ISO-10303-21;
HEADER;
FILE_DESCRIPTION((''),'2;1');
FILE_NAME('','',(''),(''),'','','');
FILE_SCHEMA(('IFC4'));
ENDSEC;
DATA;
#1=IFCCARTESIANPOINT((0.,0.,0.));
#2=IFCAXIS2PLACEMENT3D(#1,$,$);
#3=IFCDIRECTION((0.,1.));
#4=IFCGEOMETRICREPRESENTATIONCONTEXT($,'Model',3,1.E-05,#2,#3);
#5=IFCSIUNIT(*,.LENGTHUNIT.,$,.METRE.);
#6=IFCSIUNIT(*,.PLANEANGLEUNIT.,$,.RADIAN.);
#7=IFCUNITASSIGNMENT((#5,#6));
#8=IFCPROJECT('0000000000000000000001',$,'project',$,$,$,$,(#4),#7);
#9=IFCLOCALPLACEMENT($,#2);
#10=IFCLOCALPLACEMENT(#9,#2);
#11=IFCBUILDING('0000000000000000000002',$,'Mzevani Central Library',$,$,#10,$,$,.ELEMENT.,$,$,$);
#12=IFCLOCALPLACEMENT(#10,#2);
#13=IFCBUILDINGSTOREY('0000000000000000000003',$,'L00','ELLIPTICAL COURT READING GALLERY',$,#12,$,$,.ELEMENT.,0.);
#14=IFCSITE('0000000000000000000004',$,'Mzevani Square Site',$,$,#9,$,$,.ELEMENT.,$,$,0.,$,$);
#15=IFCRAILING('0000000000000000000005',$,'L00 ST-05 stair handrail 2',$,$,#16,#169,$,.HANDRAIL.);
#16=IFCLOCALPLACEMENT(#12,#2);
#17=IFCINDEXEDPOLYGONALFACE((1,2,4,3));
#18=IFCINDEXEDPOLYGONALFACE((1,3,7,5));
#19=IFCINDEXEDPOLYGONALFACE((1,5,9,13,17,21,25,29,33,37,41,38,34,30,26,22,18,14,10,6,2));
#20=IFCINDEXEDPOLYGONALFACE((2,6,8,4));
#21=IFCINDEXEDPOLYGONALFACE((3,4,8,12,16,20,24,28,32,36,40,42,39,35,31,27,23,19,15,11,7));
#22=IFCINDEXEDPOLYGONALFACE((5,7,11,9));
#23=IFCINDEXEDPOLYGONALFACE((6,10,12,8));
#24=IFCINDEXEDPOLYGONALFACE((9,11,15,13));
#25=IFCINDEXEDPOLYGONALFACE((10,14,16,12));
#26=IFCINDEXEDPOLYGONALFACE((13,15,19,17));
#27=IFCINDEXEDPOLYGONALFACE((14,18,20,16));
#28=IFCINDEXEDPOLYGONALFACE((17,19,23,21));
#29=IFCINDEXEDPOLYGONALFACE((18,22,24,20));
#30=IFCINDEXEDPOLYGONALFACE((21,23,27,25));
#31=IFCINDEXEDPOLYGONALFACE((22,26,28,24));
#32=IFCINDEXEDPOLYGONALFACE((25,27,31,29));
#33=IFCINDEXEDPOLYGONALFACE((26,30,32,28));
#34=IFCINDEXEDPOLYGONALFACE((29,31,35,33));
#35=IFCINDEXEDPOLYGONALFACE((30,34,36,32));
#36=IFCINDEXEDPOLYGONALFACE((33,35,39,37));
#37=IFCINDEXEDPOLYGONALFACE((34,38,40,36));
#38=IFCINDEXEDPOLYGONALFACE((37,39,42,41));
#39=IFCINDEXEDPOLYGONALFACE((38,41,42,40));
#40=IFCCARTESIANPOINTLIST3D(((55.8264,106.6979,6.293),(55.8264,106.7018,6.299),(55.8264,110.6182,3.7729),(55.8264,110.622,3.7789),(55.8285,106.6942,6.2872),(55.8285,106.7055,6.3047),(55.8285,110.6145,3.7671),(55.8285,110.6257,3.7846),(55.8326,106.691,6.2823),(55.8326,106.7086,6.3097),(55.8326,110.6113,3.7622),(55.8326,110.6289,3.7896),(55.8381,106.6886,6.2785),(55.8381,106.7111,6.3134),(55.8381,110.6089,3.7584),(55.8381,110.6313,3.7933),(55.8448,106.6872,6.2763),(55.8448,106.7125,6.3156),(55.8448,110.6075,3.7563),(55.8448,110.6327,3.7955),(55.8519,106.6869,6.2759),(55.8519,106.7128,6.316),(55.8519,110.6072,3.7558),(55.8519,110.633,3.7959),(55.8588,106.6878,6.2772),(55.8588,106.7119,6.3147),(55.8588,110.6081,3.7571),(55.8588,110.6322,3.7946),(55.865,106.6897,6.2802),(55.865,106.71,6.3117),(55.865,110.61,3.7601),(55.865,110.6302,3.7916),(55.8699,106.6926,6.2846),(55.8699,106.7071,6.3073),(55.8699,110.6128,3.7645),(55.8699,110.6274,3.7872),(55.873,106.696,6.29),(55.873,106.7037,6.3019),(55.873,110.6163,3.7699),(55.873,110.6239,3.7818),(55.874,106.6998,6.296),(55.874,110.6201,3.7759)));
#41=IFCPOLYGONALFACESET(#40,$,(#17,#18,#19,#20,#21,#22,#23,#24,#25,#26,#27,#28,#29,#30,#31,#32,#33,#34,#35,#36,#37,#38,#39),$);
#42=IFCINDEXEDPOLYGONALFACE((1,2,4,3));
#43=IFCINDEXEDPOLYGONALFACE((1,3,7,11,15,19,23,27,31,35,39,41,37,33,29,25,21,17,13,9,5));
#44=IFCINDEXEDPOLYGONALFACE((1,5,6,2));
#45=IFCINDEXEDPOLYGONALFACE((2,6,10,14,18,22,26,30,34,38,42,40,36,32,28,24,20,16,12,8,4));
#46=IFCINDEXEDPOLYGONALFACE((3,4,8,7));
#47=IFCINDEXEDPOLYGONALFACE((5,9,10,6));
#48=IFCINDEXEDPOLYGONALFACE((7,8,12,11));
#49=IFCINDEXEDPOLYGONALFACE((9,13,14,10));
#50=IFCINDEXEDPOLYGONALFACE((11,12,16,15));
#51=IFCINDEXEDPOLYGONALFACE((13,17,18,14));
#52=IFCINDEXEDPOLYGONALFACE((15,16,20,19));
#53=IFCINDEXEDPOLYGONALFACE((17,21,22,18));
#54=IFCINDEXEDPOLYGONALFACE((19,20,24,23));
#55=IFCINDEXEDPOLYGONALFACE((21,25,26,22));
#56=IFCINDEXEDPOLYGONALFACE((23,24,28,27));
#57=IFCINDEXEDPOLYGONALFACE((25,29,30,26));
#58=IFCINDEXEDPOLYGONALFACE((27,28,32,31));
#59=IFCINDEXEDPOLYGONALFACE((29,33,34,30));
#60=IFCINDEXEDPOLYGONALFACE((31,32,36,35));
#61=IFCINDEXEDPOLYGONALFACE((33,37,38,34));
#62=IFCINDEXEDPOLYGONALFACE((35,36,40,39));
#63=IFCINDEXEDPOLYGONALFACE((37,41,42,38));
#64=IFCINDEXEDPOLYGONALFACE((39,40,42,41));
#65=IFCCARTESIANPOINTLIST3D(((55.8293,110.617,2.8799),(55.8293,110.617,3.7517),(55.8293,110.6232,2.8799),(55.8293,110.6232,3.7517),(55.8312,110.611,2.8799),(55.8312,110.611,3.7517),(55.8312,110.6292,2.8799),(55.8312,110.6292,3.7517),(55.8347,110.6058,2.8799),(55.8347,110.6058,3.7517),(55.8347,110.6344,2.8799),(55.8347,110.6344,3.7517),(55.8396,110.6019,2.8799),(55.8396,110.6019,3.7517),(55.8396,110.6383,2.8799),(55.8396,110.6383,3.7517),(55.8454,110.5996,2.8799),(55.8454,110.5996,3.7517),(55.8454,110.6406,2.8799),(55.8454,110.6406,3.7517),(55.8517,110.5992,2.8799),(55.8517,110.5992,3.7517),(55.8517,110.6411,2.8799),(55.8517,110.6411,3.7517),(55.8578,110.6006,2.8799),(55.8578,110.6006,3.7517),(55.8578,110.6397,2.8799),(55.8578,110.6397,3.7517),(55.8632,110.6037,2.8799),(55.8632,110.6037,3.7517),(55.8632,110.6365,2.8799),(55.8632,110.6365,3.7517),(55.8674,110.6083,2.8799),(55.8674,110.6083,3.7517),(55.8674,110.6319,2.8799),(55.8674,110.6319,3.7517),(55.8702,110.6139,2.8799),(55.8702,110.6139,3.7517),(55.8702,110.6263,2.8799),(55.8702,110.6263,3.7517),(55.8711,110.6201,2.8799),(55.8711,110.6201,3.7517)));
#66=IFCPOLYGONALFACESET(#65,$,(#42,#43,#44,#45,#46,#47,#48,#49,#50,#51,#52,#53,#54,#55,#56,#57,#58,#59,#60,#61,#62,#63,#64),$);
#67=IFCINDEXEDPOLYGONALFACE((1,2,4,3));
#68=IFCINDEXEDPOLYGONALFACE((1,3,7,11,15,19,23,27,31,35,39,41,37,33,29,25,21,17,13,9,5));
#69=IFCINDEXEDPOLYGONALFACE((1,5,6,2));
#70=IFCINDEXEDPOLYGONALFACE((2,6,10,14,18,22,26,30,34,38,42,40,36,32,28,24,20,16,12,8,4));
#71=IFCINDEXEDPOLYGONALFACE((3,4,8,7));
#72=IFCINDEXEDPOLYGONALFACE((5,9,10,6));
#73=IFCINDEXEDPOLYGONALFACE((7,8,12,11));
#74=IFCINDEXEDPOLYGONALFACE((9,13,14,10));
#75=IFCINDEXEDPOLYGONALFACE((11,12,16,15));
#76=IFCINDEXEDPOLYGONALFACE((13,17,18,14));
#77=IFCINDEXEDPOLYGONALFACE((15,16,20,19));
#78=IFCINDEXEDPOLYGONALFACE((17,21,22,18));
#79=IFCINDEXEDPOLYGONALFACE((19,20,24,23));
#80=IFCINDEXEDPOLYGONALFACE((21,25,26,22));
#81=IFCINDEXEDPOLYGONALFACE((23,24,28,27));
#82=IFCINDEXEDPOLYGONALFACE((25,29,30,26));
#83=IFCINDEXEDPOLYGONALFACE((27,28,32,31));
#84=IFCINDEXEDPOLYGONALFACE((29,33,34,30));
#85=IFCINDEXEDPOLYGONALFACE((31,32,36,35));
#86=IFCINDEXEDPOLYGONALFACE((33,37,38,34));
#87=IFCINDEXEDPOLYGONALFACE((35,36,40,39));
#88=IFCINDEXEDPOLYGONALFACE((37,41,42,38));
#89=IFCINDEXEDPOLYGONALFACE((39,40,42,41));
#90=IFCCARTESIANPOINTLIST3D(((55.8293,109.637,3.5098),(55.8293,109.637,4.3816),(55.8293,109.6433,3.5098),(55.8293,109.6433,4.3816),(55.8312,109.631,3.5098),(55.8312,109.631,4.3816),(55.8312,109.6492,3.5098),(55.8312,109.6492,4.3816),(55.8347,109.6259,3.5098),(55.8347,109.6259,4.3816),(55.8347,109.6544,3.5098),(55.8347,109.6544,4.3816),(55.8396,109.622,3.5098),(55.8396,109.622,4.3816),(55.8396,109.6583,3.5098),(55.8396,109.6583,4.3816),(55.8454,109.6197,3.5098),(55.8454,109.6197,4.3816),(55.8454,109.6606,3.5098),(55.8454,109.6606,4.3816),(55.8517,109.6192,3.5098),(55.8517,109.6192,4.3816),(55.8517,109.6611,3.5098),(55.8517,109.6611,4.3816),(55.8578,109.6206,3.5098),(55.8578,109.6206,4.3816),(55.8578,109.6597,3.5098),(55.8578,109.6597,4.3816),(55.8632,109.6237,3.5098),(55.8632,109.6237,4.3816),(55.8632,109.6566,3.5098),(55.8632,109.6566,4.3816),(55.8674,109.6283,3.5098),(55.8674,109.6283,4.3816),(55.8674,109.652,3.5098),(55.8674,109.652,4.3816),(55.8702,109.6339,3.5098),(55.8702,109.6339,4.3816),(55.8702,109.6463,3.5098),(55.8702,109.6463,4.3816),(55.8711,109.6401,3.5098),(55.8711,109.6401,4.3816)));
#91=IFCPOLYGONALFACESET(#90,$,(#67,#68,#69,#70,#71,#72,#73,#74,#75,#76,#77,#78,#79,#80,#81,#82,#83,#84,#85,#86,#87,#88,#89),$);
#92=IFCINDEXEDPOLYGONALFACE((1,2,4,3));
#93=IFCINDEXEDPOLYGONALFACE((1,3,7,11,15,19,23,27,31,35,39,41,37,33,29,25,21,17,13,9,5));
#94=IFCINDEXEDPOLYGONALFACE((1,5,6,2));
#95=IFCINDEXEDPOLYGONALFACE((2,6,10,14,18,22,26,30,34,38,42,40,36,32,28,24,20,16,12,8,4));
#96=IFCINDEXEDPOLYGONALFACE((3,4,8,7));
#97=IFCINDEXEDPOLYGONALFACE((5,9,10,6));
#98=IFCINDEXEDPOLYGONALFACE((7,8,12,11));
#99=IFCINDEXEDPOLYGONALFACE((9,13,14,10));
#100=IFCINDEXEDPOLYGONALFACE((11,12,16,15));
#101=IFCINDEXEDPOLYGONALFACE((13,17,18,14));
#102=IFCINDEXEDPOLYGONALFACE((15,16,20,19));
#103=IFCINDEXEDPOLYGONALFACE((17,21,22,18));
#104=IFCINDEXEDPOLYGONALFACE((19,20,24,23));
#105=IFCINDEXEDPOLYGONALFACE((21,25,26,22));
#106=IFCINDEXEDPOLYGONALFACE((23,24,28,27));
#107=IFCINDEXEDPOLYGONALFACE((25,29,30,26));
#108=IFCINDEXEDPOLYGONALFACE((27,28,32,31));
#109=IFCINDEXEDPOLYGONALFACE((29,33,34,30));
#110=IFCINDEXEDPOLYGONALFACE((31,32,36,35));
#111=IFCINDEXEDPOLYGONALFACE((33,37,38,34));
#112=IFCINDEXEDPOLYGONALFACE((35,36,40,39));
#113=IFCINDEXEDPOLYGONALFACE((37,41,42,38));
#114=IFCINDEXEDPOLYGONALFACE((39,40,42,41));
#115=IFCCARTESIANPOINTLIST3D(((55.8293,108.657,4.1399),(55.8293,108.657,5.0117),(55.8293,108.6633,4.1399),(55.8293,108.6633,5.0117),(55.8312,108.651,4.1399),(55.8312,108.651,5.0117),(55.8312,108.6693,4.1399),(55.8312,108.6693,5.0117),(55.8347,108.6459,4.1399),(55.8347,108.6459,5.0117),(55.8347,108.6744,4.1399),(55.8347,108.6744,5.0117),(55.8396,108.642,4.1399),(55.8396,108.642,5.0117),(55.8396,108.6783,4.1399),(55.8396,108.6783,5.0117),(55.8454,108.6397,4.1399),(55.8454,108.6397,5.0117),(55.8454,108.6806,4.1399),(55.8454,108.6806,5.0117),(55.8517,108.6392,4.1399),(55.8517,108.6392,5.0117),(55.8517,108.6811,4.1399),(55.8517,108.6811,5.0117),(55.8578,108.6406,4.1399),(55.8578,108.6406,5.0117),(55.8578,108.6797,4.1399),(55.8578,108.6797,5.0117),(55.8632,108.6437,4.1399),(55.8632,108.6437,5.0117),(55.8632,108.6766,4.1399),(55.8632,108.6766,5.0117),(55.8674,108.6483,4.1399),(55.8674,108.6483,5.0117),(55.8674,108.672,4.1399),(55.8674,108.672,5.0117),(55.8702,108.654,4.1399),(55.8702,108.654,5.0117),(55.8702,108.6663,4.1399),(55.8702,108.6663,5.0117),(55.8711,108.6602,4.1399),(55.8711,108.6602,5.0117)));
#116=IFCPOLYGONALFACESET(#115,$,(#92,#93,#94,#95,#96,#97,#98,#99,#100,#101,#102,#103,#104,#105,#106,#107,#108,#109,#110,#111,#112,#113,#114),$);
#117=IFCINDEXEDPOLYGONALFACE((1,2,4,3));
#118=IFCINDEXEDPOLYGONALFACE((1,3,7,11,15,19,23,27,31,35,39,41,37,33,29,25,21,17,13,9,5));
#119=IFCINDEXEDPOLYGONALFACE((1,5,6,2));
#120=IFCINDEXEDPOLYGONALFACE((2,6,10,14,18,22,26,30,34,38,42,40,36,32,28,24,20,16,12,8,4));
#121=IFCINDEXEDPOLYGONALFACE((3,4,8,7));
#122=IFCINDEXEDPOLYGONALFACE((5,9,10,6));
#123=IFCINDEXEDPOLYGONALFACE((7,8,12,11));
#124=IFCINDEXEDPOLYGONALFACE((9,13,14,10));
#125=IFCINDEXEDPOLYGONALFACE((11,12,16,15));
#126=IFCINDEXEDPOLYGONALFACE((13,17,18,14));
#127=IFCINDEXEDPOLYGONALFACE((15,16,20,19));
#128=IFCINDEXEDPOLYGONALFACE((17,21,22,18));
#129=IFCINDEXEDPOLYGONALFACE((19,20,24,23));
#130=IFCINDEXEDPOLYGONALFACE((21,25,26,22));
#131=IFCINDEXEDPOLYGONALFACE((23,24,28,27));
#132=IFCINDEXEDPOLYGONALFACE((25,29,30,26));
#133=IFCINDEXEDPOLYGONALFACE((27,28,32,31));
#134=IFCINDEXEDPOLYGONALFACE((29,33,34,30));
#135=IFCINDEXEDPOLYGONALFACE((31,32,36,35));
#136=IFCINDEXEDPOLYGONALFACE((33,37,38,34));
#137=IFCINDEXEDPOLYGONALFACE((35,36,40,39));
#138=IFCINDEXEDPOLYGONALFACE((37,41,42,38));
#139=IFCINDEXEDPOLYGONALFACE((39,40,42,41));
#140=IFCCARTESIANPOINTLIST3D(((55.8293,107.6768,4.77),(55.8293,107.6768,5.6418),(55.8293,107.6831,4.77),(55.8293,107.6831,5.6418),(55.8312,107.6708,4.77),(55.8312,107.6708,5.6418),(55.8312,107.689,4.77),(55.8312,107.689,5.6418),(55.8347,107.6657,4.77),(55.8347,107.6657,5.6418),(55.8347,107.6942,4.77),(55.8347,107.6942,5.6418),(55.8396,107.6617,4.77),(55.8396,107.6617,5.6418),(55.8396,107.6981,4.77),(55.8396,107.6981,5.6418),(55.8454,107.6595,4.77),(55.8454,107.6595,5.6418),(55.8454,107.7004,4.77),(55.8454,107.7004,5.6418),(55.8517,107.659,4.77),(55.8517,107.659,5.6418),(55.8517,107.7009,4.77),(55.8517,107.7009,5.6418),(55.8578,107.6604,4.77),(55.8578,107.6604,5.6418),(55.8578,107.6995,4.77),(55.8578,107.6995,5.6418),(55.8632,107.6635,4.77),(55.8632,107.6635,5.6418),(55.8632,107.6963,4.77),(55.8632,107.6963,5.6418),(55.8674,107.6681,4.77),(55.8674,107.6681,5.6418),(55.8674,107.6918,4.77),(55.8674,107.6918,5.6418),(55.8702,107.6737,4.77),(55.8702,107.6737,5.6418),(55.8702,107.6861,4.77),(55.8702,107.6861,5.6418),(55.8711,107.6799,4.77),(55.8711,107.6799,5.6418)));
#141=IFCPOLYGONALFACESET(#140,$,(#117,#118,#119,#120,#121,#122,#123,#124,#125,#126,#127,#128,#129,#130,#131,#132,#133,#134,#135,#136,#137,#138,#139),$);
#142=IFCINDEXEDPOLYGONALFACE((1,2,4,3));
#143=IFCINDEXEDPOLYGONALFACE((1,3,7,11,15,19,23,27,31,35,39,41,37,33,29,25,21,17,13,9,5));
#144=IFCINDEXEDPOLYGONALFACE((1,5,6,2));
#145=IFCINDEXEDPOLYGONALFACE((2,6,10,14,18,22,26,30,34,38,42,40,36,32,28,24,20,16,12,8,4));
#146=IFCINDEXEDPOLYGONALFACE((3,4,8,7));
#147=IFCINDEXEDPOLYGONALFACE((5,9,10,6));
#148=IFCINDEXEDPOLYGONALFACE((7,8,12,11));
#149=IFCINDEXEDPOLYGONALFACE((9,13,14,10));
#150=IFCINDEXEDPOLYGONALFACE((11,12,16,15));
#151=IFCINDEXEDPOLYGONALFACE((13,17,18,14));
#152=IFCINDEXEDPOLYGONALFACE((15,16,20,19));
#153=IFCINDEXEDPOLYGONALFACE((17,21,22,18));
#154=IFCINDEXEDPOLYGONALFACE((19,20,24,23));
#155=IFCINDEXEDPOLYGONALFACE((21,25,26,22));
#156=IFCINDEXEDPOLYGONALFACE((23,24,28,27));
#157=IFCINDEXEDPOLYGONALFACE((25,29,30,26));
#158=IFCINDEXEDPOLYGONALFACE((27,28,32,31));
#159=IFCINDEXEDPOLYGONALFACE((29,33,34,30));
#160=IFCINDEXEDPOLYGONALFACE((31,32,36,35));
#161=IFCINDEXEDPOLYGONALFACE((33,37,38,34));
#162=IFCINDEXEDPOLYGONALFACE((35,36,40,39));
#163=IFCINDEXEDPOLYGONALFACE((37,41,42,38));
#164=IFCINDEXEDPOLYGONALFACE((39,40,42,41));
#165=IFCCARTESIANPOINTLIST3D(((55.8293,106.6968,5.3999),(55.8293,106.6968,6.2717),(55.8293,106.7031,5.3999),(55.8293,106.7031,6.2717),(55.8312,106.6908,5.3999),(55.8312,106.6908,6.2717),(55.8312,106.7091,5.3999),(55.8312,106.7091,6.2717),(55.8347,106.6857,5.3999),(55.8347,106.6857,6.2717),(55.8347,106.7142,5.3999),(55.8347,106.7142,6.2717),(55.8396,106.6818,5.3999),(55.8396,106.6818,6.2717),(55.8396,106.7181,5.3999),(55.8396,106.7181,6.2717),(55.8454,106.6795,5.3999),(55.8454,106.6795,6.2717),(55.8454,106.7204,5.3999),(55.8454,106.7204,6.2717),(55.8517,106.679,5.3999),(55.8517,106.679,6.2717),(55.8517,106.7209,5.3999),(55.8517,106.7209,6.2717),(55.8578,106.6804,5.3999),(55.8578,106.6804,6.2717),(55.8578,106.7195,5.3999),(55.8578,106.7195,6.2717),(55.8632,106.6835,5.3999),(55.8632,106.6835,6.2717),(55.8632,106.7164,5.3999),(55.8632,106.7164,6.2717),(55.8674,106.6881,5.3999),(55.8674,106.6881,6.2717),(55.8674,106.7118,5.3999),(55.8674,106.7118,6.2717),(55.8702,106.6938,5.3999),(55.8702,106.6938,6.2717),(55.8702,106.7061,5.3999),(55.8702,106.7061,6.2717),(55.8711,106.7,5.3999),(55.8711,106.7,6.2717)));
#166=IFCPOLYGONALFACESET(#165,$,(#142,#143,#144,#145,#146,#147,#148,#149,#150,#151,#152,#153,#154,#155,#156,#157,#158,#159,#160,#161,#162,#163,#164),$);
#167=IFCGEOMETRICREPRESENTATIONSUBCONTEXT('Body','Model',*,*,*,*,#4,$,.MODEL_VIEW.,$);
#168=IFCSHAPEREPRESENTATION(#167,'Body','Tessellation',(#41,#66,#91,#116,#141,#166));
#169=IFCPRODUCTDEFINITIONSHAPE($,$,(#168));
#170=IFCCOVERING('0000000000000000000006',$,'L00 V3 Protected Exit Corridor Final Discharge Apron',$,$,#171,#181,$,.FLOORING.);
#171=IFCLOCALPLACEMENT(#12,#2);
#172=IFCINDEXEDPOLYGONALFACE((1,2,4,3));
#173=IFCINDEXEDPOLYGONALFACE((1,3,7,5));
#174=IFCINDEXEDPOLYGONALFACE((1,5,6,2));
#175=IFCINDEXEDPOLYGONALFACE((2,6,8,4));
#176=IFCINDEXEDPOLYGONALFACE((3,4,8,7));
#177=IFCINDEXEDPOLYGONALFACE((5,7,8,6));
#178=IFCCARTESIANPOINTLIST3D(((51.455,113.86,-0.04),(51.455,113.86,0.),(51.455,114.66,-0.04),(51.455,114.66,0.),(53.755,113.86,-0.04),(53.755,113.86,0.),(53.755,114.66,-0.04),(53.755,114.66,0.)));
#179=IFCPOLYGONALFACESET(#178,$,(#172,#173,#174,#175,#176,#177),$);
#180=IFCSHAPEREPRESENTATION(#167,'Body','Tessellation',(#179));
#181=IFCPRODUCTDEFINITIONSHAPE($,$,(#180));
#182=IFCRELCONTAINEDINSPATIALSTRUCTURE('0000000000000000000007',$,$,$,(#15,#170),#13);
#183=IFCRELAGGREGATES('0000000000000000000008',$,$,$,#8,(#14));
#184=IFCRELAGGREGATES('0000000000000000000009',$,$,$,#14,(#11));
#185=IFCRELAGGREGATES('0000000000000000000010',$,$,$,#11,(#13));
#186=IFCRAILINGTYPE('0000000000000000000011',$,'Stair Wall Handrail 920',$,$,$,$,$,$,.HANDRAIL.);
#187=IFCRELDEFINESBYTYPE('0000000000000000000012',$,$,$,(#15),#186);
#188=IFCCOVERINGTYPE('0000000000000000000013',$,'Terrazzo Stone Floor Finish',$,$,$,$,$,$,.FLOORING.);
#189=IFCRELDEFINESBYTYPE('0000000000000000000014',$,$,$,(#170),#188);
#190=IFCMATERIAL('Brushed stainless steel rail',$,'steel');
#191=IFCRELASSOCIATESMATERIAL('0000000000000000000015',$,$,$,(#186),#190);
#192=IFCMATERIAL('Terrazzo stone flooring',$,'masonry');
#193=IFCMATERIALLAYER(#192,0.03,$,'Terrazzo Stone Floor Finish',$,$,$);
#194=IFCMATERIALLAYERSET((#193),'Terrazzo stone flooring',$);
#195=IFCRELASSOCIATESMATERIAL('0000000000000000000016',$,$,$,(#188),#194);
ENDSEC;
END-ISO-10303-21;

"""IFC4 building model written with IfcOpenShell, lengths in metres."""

from ifc_helpers import new_model, si_unit, direction, frame, origin, origin_2d, place, context, subcontext, project, spatial, rectangle, circle, extrude, material, layer, layer_set, type_object, element, save


model = new_model("IFC4")

# Units and contexts
model_context = context("Model", 3, precision=1e-05, world=origin(), true_north=direction((0.0, 1.0)))
body_context = subcontext(model_context, "Body", "Model", "MODEL_VIEW")
ifc_project = project(units=[si_unit("LENGTHUNIT", "METRE"), si_unit("PLANEANGLEUNIT", "RADIAN")], contexts=[model_context])

# Site, building, storey
site_placement = place(None, origin())
site = spatial("IfcSite", under=ifc_project, at=site_placement, Name="Mzevani Square Site", CompositionType="ELEMENT", RefElevation=0.0)
building_placement = place(site_placement, origin())
building = spatial("IfcBuilding", under=site, at=building_placement, Name="Mzevani Central Library", CompositionType="ELEMENT")
storey_placement = place(building_placement, origin())
storey = spatial("IfcBuildingStorey", under=building, at=storey_placement, Name="L00", Description="ELLIPTICAL COURT READING GALLERY", CompositionType="ELEMENT", Elevation=0.0)

# Railing
ifc_material_1 = material(Name="Brushed stainless steel rail", Category="steel")
railing_type = type_object("IfcRailingType", Name="Stair Wall Handrail 920", PredefinedType="HANDRAIL", material=ifc_material_1)
railing_placement = place(storey_placement, frame((55.8501, 110.6201, 2.8799)))
element("IfcRailing", 1, at=railing_placement, inside=storey, type_object=railing_type, Name="L00 ST-05 stair handrail 2", PredefinedType="HANDRAIL", context=body_context, shape_type="SweptSolid", body=[
    extrude(circle(Radius=0.0239, at=origin_2d()), frame((0.0, 0.0, 0.896), z_axis=(0.0, -0.841187, 0.540744), x_axis=(1.0, 0.0, 0.0)), (0.0, 0.0, 1.0), 4.6604),
    extrude(circle(Radius=0.021, at=origin_2d()), origin(), (0.0, 0.0, 1.0), 0.8718),
    extrude(circle(Radius=0.021, at=origin_2d()), frame((0.0, -0.98, 0.6299)), (0.0, 0.0, 1.0), 0.8718),
    extrude(circle(Radius=0.021, at=origin_2d()), frame((0.0, -1.96, 1.26)), (0.0, 0.0, 1.0), 0.8718),
    extrude(circle(Radius=0.021, at=origin_2d()), frame((0.0, -2.9402, 1.8901)), (0.0, 0.0, 1.0), 0.8718),
    extrude(circle(Radius=0.021, at=origin_2d()), frame((0.0, -3.9202, 2.52)), (0.0, 0.0, 1.0), 0.8718),
])

# Covering
ifc_material_2 = material(Name="Terrazzo stone flooring", Category="masonry")
ifc_layer_1 = layer(ifc_material_2, 0.03, Name="Terrazzo Stone Floor Finish")
ifc_layer_set_1 = layer_set([ifc_layer_1], Name="Terrazzo stone flooring")
covering_type = type_object("IfcCoveringType", Name="Terrazzo Stone Floor Finish", PredefinedType="FLOORING", material=ifc_layer_set_1)
covering_placement = place(storey_placement, frame((52.605, 114.26, -0.04), z_axis=(0.0, 0.0, 1.0), x_axis=(1.0, 0.0, 0.0)))
element("IfcCovering", 2, at=covering_placement, inside=storey, type_object=covering_type, Name="L00 V3 Protected Exit Corridor Final Discharge Apron", PredefinedType="FLOORING", context=body_context, shape_type="SweptSolid", body=[
    extrude(rectangle(XDim=2.3, YDim=0.8, at=origin_2d()), origin(), (0.0, 0.0, 1.0), 0.04),
])

save(model, "model.ifc")
